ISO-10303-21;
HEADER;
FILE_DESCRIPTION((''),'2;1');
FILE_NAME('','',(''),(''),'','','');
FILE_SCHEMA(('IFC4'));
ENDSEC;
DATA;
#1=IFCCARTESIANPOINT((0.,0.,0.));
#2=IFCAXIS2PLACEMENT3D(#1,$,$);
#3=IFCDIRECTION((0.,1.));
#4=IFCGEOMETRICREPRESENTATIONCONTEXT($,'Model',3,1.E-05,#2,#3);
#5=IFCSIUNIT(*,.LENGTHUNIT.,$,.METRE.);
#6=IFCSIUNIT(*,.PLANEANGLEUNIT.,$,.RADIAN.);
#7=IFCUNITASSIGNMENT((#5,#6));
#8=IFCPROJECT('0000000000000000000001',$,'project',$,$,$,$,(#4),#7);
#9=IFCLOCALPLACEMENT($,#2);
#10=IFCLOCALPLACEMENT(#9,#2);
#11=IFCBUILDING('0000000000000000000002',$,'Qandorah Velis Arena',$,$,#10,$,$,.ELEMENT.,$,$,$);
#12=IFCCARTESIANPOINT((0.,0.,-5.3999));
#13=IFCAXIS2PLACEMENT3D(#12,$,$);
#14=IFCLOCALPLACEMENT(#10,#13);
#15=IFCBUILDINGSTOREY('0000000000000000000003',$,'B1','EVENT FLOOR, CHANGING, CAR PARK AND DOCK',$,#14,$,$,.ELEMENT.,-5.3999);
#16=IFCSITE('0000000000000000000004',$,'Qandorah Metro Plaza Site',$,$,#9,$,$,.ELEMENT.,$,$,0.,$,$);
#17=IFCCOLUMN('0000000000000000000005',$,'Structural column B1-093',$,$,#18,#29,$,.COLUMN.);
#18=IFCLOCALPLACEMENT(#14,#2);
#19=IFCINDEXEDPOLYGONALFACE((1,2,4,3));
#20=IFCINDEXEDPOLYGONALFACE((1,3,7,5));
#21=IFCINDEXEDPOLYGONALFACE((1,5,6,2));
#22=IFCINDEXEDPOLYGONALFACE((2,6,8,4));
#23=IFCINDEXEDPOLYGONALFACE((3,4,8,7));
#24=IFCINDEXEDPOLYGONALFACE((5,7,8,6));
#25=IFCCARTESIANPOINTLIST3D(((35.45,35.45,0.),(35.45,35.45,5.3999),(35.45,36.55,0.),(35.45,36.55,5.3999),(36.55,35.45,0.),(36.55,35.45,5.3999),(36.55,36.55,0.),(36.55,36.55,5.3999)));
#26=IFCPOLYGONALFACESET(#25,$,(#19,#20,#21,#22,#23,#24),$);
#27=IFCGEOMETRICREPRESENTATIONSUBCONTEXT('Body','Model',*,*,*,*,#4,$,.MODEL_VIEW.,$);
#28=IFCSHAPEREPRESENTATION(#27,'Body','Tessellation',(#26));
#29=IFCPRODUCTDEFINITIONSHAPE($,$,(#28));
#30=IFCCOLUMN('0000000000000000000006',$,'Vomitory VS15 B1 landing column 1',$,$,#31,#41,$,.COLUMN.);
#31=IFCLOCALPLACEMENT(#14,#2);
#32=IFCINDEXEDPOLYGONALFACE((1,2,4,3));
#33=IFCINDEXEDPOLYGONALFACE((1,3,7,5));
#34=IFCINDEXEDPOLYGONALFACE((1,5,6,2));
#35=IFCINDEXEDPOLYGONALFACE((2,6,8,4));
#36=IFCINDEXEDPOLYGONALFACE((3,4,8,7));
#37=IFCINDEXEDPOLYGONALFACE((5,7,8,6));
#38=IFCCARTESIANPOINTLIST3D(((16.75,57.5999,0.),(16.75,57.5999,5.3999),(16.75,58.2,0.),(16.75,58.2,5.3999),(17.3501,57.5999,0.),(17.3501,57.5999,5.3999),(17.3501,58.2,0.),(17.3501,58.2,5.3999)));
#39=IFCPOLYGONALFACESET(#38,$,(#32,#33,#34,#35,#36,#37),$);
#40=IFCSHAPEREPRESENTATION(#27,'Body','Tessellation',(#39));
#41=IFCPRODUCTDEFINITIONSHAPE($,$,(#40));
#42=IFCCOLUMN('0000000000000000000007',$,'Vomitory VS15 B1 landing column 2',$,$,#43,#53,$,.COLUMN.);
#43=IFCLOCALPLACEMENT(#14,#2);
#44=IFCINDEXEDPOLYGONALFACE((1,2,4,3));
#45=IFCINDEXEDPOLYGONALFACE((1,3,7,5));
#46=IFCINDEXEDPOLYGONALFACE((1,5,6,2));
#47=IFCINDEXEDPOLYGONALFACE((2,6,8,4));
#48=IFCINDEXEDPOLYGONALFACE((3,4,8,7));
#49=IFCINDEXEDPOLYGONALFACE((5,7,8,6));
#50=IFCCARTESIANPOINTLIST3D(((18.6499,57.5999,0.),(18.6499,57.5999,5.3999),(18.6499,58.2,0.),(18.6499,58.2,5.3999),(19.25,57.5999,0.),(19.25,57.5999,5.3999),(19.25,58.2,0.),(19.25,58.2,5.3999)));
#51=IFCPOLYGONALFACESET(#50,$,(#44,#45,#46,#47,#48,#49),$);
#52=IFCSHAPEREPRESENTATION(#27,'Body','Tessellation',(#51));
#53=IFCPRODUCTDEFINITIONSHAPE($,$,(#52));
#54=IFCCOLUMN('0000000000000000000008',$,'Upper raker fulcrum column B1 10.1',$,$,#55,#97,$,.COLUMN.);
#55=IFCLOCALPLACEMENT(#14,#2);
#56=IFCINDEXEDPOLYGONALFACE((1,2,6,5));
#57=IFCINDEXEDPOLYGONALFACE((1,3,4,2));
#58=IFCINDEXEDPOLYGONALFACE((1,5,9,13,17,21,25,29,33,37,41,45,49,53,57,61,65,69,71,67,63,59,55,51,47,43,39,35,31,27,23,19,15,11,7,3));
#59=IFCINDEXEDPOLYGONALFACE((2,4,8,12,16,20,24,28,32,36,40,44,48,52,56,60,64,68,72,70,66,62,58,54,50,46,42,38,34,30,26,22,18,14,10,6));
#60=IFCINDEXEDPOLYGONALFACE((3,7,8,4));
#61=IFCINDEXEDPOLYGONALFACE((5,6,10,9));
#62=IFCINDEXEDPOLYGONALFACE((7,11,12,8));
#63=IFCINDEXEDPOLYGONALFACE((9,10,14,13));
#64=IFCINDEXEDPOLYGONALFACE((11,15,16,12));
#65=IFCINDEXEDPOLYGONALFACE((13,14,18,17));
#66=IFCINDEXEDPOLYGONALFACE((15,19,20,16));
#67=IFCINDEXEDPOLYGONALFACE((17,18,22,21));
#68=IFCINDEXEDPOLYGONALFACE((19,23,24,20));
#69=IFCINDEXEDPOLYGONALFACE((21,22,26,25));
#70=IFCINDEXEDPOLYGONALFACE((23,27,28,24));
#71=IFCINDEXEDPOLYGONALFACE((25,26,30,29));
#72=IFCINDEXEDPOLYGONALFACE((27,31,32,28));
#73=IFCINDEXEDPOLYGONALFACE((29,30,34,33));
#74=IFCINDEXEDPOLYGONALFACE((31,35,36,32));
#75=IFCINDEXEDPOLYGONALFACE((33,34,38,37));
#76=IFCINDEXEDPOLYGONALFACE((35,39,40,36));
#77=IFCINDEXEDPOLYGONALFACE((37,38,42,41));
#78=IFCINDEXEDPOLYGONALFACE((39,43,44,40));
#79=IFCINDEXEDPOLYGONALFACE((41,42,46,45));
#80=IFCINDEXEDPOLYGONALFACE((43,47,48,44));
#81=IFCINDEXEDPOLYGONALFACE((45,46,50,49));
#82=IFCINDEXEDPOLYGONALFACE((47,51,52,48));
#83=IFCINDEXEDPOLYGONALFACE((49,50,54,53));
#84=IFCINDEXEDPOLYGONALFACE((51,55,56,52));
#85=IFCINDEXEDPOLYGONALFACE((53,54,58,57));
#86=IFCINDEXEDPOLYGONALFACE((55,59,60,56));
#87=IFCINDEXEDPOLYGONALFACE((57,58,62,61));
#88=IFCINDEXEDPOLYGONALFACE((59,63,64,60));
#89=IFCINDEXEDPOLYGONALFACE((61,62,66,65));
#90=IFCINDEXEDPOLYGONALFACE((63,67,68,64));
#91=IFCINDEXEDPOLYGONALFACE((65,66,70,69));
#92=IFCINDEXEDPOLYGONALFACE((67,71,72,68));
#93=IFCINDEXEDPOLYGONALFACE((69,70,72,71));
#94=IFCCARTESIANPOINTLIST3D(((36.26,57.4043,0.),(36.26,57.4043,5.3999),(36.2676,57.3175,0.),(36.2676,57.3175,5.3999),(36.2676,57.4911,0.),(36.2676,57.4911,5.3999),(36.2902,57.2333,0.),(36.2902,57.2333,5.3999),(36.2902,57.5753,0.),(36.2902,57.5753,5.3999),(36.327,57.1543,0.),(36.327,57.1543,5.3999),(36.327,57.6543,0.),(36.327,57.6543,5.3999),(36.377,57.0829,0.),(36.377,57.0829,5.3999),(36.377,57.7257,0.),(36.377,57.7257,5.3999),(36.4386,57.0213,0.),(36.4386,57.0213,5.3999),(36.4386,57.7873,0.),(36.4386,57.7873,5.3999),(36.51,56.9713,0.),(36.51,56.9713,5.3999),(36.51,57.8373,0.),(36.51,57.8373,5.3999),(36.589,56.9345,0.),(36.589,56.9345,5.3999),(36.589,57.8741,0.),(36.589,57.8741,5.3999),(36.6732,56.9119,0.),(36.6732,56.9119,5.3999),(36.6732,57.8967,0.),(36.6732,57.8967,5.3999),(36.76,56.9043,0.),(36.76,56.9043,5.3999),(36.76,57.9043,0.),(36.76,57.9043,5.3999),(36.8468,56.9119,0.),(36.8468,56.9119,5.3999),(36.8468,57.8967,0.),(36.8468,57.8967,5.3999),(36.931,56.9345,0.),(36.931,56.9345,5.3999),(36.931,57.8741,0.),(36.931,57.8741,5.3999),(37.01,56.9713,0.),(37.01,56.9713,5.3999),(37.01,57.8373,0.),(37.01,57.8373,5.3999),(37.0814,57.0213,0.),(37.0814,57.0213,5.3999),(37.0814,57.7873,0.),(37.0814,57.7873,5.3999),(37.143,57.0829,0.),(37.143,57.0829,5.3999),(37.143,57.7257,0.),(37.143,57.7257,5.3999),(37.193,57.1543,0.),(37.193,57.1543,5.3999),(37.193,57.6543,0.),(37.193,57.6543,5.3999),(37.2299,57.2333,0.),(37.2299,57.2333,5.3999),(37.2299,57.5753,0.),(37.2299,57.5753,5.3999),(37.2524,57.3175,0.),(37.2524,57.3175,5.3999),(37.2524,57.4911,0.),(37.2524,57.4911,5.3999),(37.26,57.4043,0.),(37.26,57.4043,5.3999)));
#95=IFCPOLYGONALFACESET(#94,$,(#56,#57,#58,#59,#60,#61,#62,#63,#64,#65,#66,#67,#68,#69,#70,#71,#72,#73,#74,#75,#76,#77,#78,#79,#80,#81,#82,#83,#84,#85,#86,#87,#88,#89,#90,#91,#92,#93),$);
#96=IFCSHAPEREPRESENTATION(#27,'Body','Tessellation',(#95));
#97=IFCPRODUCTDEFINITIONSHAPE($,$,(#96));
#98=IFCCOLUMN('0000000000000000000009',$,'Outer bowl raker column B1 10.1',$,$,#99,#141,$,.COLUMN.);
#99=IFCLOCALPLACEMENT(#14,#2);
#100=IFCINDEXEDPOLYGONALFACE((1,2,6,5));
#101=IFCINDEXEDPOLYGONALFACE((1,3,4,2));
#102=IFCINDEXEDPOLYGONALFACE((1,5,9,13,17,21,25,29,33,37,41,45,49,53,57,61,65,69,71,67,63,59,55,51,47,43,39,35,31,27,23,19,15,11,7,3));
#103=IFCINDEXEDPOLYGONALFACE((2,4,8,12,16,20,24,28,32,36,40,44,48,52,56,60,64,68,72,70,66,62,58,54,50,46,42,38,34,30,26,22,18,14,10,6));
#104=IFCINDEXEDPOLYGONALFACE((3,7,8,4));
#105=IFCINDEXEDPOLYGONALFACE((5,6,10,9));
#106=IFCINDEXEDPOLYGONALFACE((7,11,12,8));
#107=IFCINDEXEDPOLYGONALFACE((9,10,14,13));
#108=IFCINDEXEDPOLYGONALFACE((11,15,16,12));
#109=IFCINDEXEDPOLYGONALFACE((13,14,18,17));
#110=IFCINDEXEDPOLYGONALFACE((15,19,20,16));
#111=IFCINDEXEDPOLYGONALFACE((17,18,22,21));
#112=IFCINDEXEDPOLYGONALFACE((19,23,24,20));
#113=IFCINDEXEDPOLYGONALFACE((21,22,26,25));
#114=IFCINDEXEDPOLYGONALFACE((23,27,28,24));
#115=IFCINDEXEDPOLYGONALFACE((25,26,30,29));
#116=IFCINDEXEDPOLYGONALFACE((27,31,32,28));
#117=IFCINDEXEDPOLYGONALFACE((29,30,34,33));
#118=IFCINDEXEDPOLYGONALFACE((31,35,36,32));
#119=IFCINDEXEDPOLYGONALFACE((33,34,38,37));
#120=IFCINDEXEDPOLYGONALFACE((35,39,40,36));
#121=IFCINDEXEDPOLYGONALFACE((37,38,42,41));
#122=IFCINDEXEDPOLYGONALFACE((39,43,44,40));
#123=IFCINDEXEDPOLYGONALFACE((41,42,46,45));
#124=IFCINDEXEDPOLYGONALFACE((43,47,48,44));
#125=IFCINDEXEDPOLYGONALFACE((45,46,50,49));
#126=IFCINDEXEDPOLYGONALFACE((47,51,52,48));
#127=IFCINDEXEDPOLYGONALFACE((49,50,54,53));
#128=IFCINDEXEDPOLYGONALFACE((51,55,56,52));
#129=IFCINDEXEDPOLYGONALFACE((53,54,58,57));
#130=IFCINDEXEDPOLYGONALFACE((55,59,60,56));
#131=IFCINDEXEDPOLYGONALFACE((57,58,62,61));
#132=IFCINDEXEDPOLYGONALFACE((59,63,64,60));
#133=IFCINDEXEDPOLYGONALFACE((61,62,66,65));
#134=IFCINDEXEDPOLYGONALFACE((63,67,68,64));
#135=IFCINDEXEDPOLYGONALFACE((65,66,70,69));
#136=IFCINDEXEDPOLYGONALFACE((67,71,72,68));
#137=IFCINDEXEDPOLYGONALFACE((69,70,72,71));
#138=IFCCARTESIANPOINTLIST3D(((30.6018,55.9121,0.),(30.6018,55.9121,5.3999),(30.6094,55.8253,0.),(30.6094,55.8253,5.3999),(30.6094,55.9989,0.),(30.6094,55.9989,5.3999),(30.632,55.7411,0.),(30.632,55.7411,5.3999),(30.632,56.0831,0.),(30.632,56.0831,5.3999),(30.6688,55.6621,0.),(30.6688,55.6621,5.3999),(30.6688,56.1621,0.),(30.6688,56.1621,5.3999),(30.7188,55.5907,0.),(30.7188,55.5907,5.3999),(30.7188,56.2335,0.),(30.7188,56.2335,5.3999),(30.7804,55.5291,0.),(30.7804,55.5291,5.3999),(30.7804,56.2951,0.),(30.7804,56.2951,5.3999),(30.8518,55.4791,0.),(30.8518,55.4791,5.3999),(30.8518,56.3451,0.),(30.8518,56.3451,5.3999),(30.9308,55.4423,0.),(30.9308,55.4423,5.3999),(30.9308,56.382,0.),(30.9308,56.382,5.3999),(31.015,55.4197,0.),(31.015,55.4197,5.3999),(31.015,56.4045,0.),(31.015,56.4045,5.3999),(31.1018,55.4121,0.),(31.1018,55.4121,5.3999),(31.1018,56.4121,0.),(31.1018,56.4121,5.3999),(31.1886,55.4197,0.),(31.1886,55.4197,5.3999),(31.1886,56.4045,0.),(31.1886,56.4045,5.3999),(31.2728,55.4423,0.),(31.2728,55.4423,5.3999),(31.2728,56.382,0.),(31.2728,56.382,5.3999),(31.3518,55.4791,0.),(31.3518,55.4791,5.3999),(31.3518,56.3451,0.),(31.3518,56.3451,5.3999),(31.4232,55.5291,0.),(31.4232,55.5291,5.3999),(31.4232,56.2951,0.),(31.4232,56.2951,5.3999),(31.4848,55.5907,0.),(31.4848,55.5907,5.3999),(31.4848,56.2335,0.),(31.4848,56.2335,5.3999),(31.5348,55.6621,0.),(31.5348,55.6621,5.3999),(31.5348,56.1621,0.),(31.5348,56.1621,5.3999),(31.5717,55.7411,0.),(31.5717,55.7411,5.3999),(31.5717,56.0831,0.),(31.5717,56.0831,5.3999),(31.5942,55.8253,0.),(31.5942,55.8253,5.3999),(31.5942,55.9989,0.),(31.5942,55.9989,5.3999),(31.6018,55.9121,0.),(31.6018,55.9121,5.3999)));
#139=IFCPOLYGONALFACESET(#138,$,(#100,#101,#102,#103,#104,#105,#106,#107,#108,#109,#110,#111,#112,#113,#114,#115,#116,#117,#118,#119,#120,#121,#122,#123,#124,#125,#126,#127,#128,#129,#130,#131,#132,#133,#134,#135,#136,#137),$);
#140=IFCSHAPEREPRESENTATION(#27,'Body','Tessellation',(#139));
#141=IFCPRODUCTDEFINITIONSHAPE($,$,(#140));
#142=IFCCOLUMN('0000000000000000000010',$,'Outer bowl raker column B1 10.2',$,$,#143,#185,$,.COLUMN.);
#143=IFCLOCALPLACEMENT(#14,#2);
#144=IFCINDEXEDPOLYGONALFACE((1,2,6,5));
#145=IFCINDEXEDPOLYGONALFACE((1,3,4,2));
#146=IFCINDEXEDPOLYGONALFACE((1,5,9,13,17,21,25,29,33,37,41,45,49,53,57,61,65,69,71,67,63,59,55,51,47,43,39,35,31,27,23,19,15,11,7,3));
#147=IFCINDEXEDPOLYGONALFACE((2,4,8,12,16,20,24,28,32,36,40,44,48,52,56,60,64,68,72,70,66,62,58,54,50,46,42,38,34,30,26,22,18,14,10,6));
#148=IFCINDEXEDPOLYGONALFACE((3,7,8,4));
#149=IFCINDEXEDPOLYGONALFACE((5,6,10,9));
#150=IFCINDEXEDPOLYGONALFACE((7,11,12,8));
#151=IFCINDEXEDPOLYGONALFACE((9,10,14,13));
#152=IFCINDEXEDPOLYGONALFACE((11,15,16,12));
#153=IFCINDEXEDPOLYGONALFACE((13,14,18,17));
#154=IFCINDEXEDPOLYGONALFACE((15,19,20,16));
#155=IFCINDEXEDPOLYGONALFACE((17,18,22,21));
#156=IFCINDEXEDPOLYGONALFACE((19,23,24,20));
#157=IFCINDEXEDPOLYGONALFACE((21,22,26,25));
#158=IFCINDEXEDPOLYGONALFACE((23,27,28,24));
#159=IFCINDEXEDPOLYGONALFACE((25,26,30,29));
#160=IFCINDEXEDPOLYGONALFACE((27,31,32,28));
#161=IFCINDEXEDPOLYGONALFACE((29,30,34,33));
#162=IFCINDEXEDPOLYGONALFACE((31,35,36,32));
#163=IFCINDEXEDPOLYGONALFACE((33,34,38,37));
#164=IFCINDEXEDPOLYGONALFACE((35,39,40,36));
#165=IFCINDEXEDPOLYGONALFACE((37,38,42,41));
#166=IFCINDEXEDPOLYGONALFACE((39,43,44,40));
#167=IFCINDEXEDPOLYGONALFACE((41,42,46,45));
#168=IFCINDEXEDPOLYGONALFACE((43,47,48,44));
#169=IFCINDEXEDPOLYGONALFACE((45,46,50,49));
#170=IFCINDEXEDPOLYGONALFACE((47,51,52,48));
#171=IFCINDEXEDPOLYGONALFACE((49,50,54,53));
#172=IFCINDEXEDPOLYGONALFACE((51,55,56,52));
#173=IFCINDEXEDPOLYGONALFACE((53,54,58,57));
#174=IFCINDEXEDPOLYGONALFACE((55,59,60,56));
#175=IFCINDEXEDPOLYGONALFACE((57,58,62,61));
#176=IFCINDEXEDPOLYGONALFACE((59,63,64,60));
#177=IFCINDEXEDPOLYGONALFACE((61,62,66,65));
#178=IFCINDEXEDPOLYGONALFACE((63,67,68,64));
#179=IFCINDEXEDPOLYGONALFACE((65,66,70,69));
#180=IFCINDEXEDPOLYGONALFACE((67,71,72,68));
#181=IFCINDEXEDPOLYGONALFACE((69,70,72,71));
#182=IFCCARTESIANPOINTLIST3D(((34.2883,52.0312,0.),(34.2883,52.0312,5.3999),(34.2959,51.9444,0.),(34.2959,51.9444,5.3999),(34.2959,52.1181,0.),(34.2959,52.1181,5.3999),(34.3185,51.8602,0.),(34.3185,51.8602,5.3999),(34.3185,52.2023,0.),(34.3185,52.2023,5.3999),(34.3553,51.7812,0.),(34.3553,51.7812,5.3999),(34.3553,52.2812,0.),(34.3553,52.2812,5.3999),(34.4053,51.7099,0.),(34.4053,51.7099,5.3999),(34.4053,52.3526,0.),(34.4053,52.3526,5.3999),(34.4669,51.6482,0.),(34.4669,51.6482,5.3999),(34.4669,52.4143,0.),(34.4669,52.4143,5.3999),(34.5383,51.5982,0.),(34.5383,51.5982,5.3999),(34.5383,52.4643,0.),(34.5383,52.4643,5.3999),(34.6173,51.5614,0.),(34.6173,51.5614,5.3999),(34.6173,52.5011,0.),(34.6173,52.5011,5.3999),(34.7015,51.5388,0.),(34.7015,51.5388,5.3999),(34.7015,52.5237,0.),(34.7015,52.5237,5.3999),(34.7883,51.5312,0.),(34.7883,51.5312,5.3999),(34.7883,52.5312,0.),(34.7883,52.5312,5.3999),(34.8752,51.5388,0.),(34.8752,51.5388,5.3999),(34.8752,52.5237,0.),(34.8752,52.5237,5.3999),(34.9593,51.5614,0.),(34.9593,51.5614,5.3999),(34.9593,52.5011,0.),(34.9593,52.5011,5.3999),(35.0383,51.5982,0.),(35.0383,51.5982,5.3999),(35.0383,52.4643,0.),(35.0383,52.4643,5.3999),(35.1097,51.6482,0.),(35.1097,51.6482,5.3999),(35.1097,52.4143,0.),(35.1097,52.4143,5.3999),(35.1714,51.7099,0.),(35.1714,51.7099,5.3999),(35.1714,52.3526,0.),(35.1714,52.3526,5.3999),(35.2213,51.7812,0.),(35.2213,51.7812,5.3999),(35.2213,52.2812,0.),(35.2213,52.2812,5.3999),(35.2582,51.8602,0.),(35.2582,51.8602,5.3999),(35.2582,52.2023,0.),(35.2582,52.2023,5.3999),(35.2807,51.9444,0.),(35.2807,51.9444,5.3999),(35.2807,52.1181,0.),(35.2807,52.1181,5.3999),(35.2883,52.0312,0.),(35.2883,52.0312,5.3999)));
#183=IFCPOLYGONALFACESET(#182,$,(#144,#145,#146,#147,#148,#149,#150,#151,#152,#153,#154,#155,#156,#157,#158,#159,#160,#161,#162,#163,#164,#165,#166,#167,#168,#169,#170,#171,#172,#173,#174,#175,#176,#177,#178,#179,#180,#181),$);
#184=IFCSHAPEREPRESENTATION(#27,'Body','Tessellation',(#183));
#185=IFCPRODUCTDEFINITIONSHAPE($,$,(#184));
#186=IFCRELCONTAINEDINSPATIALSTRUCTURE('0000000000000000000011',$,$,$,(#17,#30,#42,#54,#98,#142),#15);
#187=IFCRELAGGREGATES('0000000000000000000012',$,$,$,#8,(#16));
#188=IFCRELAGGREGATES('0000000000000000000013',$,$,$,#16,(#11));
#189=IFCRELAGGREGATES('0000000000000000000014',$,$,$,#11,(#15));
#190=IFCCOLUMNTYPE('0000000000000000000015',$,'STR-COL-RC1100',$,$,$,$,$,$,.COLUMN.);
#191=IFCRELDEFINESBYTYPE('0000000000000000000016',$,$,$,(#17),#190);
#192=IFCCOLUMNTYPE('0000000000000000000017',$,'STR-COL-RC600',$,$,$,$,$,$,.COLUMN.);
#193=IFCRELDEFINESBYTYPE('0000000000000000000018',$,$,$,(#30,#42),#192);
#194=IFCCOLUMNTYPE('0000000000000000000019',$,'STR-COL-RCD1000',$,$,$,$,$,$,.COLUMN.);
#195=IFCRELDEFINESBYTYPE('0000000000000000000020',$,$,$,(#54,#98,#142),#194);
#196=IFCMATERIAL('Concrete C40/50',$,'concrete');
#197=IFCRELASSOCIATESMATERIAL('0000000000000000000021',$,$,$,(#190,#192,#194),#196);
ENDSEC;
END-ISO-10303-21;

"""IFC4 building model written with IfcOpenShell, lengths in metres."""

from ifc_helpers import new_model, si_unit, direction, frame, origin, origin_2d, place, context, subcontext, project, spatial, rectangle, circle, extrude, material, material_profile, profile_set, type_object, element, save


model = new_model("IFC4")

# Units and contexts
model_context = context("Model", 3, precision=1e-05, world=origin(), true_north=direction((0.0, 1.0)))
body_context = subcontext(model_context, "Body", "Model", "MODEL_VIEW")
ifc_project = project(units=[si_unit("LENGTHUNIT", "METRE"), si_unit("PLANEANGLEUNIT", "RADIAN")], contexts=[model_context])

# Site, building, storey
site_placement = place(None, origin())
site = spatial("IfcSite", under=ifc_project, at=site_placement, Name="Qandorah Metro Plaza Site", CompositionType="ELEMENT", RefElevation=0.0)
building_placement = place(site_placement, origin())
building = spatial("IfcBuilding", under=site, at=building_placement, Name="Qandorah Velis Arena", CompositionType="ELEMENT")
storey_placement = place(building_placement, frame((0.0, 0.0, -5.3999)))
storey = spatial("IfcBuildingStorey", under=building, at=storey_placement, Name="B1", Description="EVENT FLOOR, CHANGING, CAR PARK AND DOCK", CompositionType="ELEMENT", Elevation=-5.3999)

# Shared definitions
ifc_material_1 = material(Name="Concrete C40/50", Category="concrete")

# Columns
ifc_material_profile_1 = material_profile(ifc_material_1, rectangle(XDim=1.1001, YDim=1.1001, at=origin_2d()), Name="RC COL 1100x1100")
ifc_profile_set_1 = profile_set([ifc_material_profile_1], Name="Concrete C40/50")
column_type_1 = type_object("IfcColumnType", Name="STR-COL-RC1100", PredefinedType="COLUMN", material=ifc_profile_set_1)
for number, where, z_axis, x_axis, name in (
    (1, (36.0, 36.0, 0.0), (0.0, 0.0, 1.0), (1.0, 0.0, 0.0), "Structural column B1-093"),
):
    element("IfcColumn", number, at=place(storey_placement, frame(where, z_axis=z_axis, x_axis=x_axis)), inside=storey, type_object=column_type_1, Name=name, PredefinedType="COLUMN", context=body_context, shape_type="SweptSolid", body=[
        extrude(rectangle(XDim=1.1001, YDim=1.1001, at=origin_2d()), origin(), (0.0, 0.0, 1.0), 5.3999),
    ])
ifc_material_profile_2 = material_profile(ifc_material_1, rectangle(XDim=0.6001, YDim=0.6001, at=origin_2d()), Name="RC COL 600x600")
ifc_profile_set_2 = profile_set([ifc_material_profile_2], Name="Concrete C40/50")
column_type_2 = type_object("IfcColumnType", Name="STR-COL-RC600", PredefinedType="COLUMN", material=ifc_profile_set_2)
for number, where, z_axis, x_axis, name in (
    (2, (17.05, 57.8999, 0.0), (0.0, 0.0, 1.0), (1.0, 0.0, 0.0), "Vomitory VS15 B1 landing column 1"),
    (3, (18.95, 57.8999, 0.0), (0.0, 0.0, 1.0), (1.0, 0.0, 0.0), "Vomitory VS15 B1 landing column 2"),
):
    element("IfcColumn", number, at=place(storey_placement, frame(where, z_axis=z_axis, x_axis=x_axis)), inside=storey, type_object=column_type_2, Name=name, PredefinedType="COLUMN", context=body_context, shape_type="SweptSolid", body=[
        extrude(rectangle(XDim=0.6001, YDim=0.6001, at=origin_2d()), origin(), (0.0, 0.0, 1.0), 5.3999),
    ])
ifc_material_profile_3 = material_profile(ifc_material_1, circle(Radius=0.5, at=origin_2d()), Name="RC D1000")
ifc_profile_set_3 = profile_set([ifc_material_profile_3], Name="Concrete C40/50")
column_type_3 = type_object("IfcColumnType", Name="STR-COL-RCD1000", PredefinedType="COLUMN", material=ifc_profile_set_3)
for number, where, z_axis, x_axis, name in (
    (4, (36.76, 57.4043, 0.0), (0.0, 0.0, 1.0), (1.0, 0.0, 0.0), "Upper raker fulcrum column B1 10.1"),
    (5, (31.1018, 55.9121, 0.0), (0.0, 0.0, 1.0), (1.0, 0.0, 0.0), "Outer bowl raker column B1 10.1"),
    (6, (34.7883, 52.0312, 0.0), (0.0, 0.0, 1.0), (1.0, 0.0, 0.0), "Outer bowl raker column B1 10.2"),
):
    element("IfcColumn", number, at=place(storey_placement, frame(where, z_axis=z_axis, x_axis=x_axis)), inside=storey, type_object=column_type_3, Name=name, PredefinedType="COLUMN", context=body_context, shape_type="SweptSolid", body=[
        extrude(circle(Radius=0.5, at=origin_2d()), origin(), (0.0, 0.0, 1.0), 5.3999),
    ])

save(model, "model.ifc")
